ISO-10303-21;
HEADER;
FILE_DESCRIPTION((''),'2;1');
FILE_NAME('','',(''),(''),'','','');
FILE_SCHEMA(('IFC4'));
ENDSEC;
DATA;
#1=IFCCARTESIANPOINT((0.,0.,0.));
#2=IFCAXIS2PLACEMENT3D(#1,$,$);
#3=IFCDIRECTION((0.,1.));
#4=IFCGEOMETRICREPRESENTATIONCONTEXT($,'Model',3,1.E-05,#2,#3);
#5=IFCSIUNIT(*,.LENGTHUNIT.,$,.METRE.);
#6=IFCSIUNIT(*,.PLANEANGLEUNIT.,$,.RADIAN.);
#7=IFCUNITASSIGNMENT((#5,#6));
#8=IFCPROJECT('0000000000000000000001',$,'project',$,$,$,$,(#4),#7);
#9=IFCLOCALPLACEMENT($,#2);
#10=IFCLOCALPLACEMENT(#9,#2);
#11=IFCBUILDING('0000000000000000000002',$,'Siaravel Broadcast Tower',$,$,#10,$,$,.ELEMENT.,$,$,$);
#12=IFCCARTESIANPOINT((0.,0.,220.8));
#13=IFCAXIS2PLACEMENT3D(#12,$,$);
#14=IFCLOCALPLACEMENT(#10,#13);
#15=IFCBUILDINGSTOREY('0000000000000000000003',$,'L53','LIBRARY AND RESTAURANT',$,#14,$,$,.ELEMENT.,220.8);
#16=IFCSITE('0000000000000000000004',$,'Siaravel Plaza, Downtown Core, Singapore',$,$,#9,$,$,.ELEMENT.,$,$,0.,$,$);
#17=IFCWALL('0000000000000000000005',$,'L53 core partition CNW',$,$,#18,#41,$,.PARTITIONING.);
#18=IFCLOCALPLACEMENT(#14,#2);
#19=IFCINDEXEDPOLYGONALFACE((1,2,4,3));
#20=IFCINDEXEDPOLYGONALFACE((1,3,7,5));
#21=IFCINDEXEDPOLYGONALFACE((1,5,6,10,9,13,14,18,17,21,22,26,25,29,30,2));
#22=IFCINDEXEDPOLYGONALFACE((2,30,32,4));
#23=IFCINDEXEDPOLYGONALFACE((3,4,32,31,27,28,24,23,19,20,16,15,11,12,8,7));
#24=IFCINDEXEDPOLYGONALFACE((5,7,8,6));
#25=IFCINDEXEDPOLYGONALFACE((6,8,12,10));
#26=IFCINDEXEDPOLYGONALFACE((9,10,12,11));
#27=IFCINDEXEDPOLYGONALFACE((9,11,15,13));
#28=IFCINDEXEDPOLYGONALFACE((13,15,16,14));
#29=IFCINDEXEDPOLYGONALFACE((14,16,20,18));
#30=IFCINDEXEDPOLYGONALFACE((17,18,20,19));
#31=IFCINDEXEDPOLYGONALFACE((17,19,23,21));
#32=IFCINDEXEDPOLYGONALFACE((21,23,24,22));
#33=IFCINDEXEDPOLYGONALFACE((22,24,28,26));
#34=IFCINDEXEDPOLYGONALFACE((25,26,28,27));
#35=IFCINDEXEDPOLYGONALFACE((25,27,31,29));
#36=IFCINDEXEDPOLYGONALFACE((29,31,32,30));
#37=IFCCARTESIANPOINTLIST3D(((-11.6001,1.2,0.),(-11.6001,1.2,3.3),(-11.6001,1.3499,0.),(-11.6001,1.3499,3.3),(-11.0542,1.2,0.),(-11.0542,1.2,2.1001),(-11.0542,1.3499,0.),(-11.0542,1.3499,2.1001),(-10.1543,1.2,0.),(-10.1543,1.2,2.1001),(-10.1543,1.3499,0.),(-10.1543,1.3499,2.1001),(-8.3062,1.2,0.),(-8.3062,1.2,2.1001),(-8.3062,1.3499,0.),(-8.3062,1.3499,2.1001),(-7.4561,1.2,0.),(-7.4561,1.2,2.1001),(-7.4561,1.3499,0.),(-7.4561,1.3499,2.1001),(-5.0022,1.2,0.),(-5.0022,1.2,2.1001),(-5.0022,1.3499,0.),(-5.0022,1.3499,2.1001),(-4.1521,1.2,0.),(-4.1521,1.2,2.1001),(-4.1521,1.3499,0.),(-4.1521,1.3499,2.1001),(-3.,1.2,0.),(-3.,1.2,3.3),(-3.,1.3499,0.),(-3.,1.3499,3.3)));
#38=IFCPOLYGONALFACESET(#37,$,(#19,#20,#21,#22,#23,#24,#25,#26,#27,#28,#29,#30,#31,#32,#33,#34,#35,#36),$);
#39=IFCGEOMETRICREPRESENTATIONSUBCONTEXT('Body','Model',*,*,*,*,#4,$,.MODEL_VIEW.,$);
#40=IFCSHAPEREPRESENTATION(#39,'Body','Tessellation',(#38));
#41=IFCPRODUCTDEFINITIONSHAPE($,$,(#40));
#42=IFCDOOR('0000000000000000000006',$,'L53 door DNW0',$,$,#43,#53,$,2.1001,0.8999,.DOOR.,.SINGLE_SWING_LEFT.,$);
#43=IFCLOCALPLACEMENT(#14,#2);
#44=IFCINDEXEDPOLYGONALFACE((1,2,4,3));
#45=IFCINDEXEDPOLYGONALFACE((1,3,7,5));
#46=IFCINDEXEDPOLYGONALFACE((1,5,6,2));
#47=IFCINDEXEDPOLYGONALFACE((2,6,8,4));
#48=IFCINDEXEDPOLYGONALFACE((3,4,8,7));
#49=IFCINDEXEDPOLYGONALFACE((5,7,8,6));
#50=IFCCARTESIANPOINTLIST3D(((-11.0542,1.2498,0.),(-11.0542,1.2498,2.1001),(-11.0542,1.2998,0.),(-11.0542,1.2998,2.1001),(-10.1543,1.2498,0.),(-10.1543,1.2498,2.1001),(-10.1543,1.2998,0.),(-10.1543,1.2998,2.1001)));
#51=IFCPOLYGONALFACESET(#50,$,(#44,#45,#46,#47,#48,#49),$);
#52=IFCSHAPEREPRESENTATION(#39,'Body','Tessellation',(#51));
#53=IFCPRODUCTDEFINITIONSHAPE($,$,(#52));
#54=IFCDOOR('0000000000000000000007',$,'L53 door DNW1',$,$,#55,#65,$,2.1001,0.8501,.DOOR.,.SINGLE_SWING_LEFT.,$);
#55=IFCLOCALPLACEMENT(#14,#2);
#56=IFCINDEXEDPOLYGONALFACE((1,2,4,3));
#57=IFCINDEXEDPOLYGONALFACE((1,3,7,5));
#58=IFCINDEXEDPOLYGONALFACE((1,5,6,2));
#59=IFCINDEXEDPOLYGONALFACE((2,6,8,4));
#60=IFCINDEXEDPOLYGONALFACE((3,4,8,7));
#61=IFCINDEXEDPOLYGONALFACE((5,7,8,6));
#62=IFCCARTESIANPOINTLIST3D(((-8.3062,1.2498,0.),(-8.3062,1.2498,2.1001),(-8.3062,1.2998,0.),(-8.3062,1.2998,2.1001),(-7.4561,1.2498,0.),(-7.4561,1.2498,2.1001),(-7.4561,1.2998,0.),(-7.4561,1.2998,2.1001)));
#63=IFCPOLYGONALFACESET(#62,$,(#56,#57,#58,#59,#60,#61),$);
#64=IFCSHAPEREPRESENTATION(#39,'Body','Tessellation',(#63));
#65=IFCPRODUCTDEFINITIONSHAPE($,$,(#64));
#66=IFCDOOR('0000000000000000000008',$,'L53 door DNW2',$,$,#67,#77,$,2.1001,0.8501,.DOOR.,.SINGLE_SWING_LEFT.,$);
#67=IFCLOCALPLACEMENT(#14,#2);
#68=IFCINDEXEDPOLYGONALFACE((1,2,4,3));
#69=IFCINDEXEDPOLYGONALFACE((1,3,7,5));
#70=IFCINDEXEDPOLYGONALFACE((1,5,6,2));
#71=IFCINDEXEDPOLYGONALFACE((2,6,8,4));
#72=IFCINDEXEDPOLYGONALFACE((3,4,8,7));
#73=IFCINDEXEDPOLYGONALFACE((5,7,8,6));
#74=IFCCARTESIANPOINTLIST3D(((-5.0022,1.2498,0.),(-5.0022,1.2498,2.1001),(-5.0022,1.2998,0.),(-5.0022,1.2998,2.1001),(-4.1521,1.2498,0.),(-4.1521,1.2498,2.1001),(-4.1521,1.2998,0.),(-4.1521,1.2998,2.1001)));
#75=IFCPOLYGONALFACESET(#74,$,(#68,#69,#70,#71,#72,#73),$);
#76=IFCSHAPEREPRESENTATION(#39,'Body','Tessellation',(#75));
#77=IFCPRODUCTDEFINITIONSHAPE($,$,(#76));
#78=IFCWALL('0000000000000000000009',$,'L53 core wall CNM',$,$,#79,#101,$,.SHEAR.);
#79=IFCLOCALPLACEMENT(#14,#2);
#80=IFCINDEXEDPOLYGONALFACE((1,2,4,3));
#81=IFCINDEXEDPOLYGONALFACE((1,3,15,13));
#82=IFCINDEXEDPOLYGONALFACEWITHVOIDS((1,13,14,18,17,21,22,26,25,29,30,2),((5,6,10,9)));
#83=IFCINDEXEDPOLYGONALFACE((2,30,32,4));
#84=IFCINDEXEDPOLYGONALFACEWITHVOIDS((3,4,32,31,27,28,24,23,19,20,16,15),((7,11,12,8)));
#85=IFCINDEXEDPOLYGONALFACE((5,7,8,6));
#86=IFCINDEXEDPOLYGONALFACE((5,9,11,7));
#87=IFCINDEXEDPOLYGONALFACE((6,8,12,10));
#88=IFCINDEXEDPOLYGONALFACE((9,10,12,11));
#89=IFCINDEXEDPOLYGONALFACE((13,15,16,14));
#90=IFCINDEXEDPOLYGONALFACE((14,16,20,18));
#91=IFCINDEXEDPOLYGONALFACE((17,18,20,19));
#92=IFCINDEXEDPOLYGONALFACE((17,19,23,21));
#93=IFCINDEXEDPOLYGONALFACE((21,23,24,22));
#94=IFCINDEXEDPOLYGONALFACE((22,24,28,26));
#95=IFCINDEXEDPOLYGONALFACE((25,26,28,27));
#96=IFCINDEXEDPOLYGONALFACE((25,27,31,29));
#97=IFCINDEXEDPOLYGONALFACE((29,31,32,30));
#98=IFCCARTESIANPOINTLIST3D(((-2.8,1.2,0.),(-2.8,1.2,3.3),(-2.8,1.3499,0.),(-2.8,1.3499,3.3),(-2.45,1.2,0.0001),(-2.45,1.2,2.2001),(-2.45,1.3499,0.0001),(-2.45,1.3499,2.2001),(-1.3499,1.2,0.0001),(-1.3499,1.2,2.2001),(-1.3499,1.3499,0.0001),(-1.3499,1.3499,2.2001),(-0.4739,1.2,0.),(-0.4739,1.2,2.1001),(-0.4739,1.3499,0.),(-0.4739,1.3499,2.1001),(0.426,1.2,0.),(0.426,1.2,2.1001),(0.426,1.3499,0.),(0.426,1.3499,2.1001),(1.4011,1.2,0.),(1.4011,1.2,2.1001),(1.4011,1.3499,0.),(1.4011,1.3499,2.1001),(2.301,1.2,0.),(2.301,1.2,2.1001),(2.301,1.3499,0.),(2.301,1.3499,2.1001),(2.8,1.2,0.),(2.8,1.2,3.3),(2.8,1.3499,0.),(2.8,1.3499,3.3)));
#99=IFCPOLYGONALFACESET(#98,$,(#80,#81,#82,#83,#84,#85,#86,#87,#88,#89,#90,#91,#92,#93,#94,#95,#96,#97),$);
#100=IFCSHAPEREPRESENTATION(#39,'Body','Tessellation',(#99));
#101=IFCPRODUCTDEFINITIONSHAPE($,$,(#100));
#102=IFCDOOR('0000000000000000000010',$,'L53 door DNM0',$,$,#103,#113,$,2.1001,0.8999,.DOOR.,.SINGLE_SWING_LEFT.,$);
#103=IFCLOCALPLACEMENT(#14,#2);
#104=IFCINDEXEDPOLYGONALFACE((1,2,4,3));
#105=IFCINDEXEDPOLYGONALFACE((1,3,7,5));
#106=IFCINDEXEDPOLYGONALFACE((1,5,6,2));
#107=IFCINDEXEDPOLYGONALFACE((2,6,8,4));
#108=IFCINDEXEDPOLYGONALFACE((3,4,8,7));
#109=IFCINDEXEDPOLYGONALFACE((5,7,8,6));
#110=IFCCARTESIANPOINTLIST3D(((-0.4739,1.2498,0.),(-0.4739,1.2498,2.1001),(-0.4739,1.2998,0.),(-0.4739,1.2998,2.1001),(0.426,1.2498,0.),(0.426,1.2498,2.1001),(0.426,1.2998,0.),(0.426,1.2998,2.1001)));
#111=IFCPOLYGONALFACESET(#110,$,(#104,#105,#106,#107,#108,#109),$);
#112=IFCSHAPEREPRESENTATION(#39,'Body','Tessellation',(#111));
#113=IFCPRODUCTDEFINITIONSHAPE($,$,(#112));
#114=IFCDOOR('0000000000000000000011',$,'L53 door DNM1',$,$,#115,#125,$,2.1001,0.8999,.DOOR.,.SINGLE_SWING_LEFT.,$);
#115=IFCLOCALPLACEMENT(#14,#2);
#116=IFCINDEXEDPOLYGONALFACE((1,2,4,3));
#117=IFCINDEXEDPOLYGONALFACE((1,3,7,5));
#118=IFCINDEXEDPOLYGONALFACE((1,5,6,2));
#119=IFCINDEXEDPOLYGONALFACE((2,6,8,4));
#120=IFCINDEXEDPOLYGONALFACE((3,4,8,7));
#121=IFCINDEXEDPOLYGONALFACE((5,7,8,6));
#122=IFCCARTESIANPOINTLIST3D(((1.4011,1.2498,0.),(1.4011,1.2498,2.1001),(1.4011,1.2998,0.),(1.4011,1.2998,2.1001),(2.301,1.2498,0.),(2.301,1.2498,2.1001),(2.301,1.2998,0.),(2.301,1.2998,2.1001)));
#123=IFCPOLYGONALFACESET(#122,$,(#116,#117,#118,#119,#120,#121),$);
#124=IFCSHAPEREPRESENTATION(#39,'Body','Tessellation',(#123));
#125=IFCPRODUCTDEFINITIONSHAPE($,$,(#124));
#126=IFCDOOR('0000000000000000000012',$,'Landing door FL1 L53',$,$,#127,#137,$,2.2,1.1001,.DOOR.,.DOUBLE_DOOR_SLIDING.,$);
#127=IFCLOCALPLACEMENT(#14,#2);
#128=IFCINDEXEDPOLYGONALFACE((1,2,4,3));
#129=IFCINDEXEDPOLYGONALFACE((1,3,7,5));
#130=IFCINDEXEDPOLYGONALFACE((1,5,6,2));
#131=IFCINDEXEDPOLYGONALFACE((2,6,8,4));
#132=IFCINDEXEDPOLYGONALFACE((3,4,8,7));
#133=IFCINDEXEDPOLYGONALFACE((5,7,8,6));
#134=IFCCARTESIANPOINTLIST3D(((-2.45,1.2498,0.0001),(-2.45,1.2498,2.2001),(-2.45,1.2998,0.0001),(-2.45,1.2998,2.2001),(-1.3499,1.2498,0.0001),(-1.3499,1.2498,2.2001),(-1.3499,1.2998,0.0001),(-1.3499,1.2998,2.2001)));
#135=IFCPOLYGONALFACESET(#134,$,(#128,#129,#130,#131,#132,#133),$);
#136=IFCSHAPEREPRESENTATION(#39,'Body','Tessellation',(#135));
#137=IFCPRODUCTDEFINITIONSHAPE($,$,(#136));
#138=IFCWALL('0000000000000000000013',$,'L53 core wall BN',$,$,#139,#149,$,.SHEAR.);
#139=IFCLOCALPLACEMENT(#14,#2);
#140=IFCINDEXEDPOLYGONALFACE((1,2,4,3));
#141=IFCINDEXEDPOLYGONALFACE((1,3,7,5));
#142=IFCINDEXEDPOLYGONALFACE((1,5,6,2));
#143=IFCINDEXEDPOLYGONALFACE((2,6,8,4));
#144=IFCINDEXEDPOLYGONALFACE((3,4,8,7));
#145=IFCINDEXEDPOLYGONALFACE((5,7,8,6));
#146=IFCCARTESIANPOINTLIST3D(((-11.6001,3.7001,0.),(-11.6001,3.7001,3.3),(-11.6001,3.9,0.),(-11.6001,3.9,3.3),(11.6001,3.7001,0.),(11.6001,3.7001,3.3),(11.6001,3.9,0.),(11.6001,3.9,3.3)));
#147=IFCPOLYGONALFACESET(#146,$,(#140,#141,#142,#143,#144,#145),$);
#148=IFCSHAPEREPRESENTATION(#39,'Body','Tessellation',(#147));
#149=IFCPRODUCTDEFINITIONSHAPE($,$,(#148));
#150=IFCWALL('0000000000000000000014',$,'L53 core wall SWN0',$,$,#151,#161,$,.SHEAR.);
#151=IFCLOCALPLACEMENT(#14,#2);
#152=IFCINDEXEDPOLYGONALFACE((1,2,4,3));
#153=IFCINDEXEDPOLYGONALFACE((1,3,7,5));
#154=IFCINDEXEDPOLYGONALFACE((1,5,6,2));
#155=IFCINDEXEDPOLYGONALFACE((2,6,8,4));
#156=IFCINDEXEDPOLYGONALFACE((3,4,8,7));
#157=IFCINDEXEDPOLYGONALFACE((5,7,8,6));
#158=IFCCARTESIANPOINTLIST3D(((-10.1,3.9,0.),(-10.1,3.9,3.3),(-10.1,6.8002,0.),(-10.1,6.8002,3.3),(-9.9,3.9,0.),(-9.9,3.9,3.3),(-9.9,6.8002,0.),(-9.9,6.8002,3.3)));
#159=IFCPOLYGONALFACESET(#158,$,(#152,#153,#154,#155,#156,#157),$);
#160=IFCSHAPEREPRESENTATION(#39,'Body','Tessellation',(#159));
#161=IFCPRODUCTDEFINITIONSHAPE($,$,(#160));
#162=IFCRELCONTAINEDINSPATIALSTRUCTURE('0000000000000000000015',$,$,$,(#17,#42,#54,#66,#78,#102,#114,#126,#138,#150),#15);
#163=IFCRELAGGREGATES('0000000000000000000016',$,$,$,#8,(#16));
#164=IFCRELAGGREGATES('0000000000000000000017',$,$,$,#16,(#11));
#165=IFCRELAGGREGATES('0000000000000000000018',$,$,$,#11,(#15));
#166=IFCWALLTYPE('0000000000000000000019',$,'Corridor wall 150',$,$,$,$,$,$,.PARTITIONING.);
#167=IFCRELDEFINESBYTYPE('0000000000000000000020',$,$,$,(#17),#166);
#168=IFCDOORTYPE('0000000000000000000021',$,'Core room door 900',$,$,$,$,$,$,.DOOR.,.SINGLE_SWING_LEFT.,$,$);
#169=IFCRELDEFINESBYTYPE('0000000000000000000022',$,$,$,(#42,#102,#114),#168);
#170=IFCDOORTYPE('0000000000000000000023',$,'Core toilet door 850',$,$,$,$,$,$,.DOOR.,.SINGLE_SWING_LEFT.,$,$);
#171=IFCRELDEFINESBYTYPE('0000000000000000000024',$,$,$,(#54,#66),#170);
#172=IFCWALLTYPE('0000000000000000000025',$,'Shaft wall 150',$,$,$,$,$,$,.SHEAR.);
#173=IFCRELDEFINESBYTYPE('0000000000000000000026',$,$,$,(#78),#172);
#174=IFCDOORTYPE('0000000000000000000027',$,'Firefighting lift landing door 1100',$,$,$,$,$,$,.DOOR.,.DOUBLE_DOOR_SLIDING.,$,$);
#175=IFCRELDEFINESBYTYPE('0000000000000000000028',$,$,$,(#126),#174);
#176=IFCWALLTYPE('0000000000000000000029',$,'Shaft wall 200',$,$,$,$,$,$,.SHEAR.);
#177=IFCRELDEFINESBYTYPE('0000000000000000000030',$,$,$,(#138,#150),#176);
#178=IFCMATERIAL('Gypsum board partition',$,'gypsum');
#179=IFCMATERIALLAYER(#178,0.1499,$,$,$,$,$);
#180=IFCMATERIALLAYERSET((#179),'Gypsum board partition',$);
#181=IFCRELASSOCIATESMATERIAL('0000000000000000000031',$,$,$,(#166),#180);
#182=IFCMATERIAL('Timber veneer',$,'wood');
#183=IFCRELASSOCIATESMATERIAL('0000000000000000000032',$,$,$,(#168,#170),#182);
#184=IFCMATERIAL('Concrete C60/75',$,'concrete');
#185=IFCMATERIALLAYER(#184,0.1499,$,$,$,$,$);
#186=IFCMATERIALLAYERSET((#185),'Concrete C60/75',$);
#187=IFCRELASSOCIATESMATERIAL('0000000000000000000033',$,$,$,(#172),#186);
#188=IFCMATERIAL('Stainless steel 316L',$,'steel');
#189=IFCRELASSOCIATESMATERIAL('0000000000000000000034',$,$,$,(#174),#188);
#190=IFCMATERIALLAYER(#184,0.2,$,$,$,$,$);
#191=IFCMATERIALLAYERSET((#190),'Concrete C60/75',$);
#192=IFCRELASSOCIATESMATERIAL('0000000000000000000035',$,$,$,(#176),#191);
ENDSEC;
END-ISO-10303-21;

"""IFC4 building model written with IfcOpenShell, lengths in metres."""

from ifc_helpers import new_model, si_unit, direction, frame, frame_2d, origin, place, context, subcontext, project, spatial, rectangle, extrude, material, layer, layer_set, type_object, element, fill, save


model = new_model("IFC4")

# Units and contexts
model_context = context("Model", 3, precision=1e-05, world=origin(), true_north=direction((0.0, 1.0)))
body_context = subcontext(model_context, "Body", "Model", "MODEL_VIEW")
ifc_project = project(units=[si_unit("LENGTHUNIT", "METRE"), si_unit("PLANEANGLEUNIT", "RADIAN")], contexts=[model_context])

# Site, building, storey
site_placement = place(None, origin())
site = spatial("IfcSite", under=ifc_project, at=site_placement, Name="Siaravel Plaza, Downtown Core, Singapore", CompositionType="ELEMENT", RefElevation=0.0)
building_placement = place(site_placement, origin())
building = spatial("IfcBuilding", under=site, at=building_placement, Name="Siaravel Broadcast Tower", CompositionType="ELEMENT")
storey_placement = place(building_placement, frame((0.0, 0.0, 220.8)))
storey = spatial("IfcBuildingStorey", under=building, at=storey_placement, Name="L53", Description="LIBRARY AND RESTAURANT", CompositionType="ELEMENT", Elevation=220.8)

# Walls, openings, doors
ifc_material_1 = material(Name="Gypsum board partition", Category="gypsum")
ifc_layer_1 = layer(ifc_material_1, 0.1499)
ifc_layer_set_1 = layer_set([ifc_layer_1], Name="Gypsum board partition")
wall_type_1 = type_object("IfcWallType", Name="Corridor wall 150", PredefinedType="PARTITIONING", material=ifc_layer_set_1)
wall_1_placement = place(storey_placement, frame((-11.6001, 1.2749, 0.0), z_axis=(0.0, 0.0, 1.0), x_axis=(1.0, 0.0, 0.0)))
wall_1 = element("IfcWall", 1, at=wall_1_placement, inside=storey, type_object=wall_type_1, Name="L53 core partition CNW", PredefinedType="PARTITIONING", context=body_context, shape_type="SweptSolid", body=[
    extrude(rectangle(XDim=8.6001, YDim=0.1499, at=frame_2d((4.3, 0.0))), origin(), (0.0, 0.0, 1.0), 3.3),
])
opening_1_placement = place(wall_1_placement, frame((0.5459, 0.0, 0.0)))
opening_1 = element("IfcOpeningElement", 2, at=opening_1_placement, cuts=wall_1, PredefinedType="OPENING", context=body_context, shape_type="SweptSolid", body=[
    extrude(rectangle(XDim=0.8999, YDim=2.1001, at=frame_2d((0.45, 1.05))), frame((0.0, 0.085, 0.0), z_axis=(0.0, -1.0, 0.0), x_axis=(1.0, 0.0, 0.0)), (0.0, 0.0, 1.0), 0.1699),
])
opening_2_placement = place(wall_1_placement, frame((3.2939, 0.0, 0.0)))
opening_2 = element("IfcOpeningElement", 3, at=opening_2_placement, cuts=wall_1, PredefinedType="OPENING", context=body_context, shape_type="SweptSolid", body=[
    extrude(rectangle(XDim=0.8501, YDim=2.1001, at=frame_2d((0.425, 1.05))), frame((0.0, 0.085, 0.0), z_axis=(0.0, -1.0, 0.0), x_axis=(1.0, 0.0, 0.0)), (0.0, 0.0, 1.0), 0.1699),
])
opening_3_placement = place(wall_1_placement, frame((6.5979, 0.0, 0.0)))
opening_3 = element("IfcOpeningElement", 4, at=opening_3_placement, cuts=wall_1, PredefinedType="OPENING", context=body_context, shape_type="SweptSolid", body=[
    extrude(rectangle(XDim=0.8501, YDim=2.1001, at=frame_2d((0.425, 1.05))), frame((0.0, 0.085, 0.0), z_axis=(0.0, -1.0, 0.0), x_axis=(1.0, 0.0, 0.0)), (0.0, 0.0, 1.0), 0.1699),
])
ifc_material_2 = material(Name="Timber veneer", Category="wood")
door_type_1 = type_object("IfcDoorType", Name="Core room door 900", OperationType="SINGLE_SWING_LEFT", PredefinedType="DOOR", material=ifc_material_2)
door_1_placement = place(opening_1_placement, origin())
door_1 = element("IfcDoor", 5, at=door_1_placement, inside=storey, type_object=door_type_1, Name="L53 door DNW0", OperationType="SINGLE_SWING_LEFT", OverallHeight=2.1001, OverallWidth=0.8999, PredefinedType="DOOR", context=body_context, shape_type="SweptSolid", body=[
    extrude(rectangle(XDim=0.8999, YDim=2.1001, at=frame_2d((0.45, 1.05))), frame((0.0, 0.0249, 0.0), z_axis=(0.0, -1.0, 0.0), x_axis=(1.0, 0.0, 0.0)), (0.0, 0.0, 1.0), 0.05),
])
fill(opening_1, door_1)
door_type_2 = type_object("IfcDoorType", Name="Core toilet door 850", OperationType="SINGLE_SWING_LEFT", PredefinedType="DOOR", material=ifc_material_2)
door_2_placement = place(opening_2_placement, origin())
door_2 = element("IfcDoor", 6, at=door_2_placement, inside=storey, type_object=door_type_2, Name="L53 door DNW1", OperationType="SINGLE_SWING_LEFT", OverallHeight=2.1001, OverallWidth=0.8501, PredefinedType="DOOR", context=body_context, shape_type="SweptSolid", body=[
    extrude(rectangle(XDim=0.8501, YDim=2.1001, at=frame_2d((0.425, 1.05))), frame((0.0, 0.0249, 0.0), z_axis=(0.0, -1.0, 0.0), x_axis=(1.0, 0.0, 0.0)), (0.0, 0.0, 1.0), 0.05),
])
fill(opening_2, door_2)
door_3_placement = place(opening_3_placement, origin())
door_3 = element("IfcDoor", 7, at=door_3_placement, inside=storey, type_object=door_type_2, Name="L53 door DNW2", OperationType="SINGLE_SWING_LEFT", OverallHeight=2.1001, OverallWidth=0.8501, PredefinedType="DOOR", context=body_context, shape_type="SweptSolid", body=[
    extrude(rectangle(XDim=0.8501, YDim=2.1001, at=frame_2d((0.425, 1.05))), frame((0.0, 0.0249, 0.0), z_axis=(0.0, -1.0, 0.0), x_axis=(1.0, 0.0, 0.0)), (0.0, 0.0, 1.0), 0.05),
])
fill(opening_3, door_3)
ifc_material_3 = material(Name="Concrete C60/75", Category="concrete")
ifc_layer_2 = layer(ifc_material_3, 0.1499)
ifc_layer_set_2 = layer_set([ifc_layer_2], Name="Concrete C60/75")
wall_type_2 = type_object("IfcWallType", Name="Shaft wall 150", PredefinedType="SHEAR", material=ifc_layer_set_2)
wall_2_placement = place(storey_placement, frame((-2.8, 1.2749, 0.0), z_axis=(0.0, 0.0, 1.0), x_axis=(1.0, 0.0, 0.0)))
wall_2 = element("IfcWall", 8, at=wall_2_placement, inside=storey, type_object=wall_type_2, Name="L53 core wall CNM", PredefinedType="SHEAR", context=body_context, shape_type="SweptSolid", body=[
    extrude(rectangle(XDim=5.6001, YDim=0.1499, at=frame_2d((2.8, 0.0))), origin(), (0.0, 0.0, 1.0), 3.3),
])
opening_4_placement = place(wall_2_placement, frame((0.3501, 0.0, 0.0)))
opening_4 = element("IfcOpeningElement", 9, at=opening_4_placement, cuts=wall_2, PredefinedType="OPENING", context=body_context, shape_type="SweptSolid", body=[
    extrude(rectangle(XDim=1.1001, YDim=2.2, at=frame_2d((0.55, 1.1001))), frame((0.0, 0.085, 0.0), z_axis=(0.0, -1.0, 0.0), x_axis=(1.0, 0.0, 0.0)), (0.0, 0.0, 1.0), 0.1699),
])
opening_5_placement = place(wall_2_placement, frame((2.3262, 0.0, 0.0)))
opening_5 = element("IfcOpeningElement", 10, at=opening_5_placement, cuts=wall_2, PredefinedType="OPENING", context=body_context, shape_type="SweptSolid", body=[
    extrude(rectangle(XDim=0.8999, YDim=2.1001, at=frame_2d((0.45, 1.05))), frame((0.0, 0.085, 0.0), z_axis=(0.0, -1.0, 0.0), x_axis=(1.0, 0.0, 0.0)), (0.0, 0.0, 1.0), 0.1699),
])
opening_6_placement = place(wall_2_placement, frame((4.2012, 0.0, 0.0)))
opening_6 = element("IfcOpeningElement", 11, at=opening_6_placement, cuts=wall_2, PredefinedType="OPENING", context=body_context, shape_type="SweptSolid", body=[
    extrude(rectangle(XDim=0.8999, YDim=2.1001, at=frame_2d((0.45, 1.05))), frame((0.0, 0.085, 0.0), z_axis=(0.0, -1.0, 0.0), x_axis=(1.0, 0.0, 0.0)), (0.0, 0.0, 1.0), 0.1699),
])
door_4_placement = place(opening_5_placement, origin())
door_4 = element("IfcDoor", 12, at=door_4_placement, inside=storey, type_object=door_type_1, Name="L53 door DNM0", OperationType="SINGLE_SWING_LEFT", OverallHeight=2.1001, OverallWidth=0.8999, PredefinedType="DOOR", context=body_context, shape_type="SweptSolid", body=[
    extrude(rectangle(XDim=0.8999, YDim=2.1001, at=frame_2d((0.45, 1.05))), frame((0.0, 0.0249, 0.0), z_axis=(0.0, -1.0, 0.0), x_axis=(1.0, 0.0, 0.0)), (0.0, 0.0, 1.0), 0.05),
])
fill(opening_5, door_4)
door_5_placement = place(opening_6_placement, origin())
door_5 = element("IfcDoor", 13, at=door_5_placement, inside=storey, type_object=door_type_1, Name="L53 door DNM1", OperationType="SINGLE_SWING_LEFT", OverallHeight=2.1001, OverallWidth=0.8999, PredefinedType="DOOR", context=body_context, shape_type="SweptSolid", body=[
    extrude(rectangle(XDim=0.8999, YDim=2.1001, at=frame_2d((0.45, 1.05))), frame((0.0, 0.0249, 0.0), z_axis=(0.0, -1.0, 0.0), x_axis=(1.0, 0.0, 0.0)), (0.0, 0.0, 1.0), 0.05),
])
fill(opening_6, door_5)
ifc_material_4 = material(Name="Stainless steel 316L", Category="steel")
door_type_3 = type_object("IfcDoorType", Name="Firefighting lift landing door 1100", OperationType="DOUBLE_DOOR_SLIDING", PredefinedType="DOOR", material=ifc_material_4)
door_6_placement = place(opening_4_placement, origin())
door_6 = element("IfcDoor", 14, at=door_6_placement, inside=storey, type_object=door_type_3, Name="Landing door FL1 L53", OperationType="DOUBLE_DOOR_SLIDING", OverallHeight=2.2, OverallWidth=1.1001, PredefinedType="DOOR", context=body_context, shape_type="SweptSolid", body=[
    extrude(rectangle(XDim=1.1001, YDim=2.2, at=frame_2d((0.55, 1.1001))), frame((0.0, 0.0249, 0.0), z_axis=(0.0, -1.0, 0.0), x_axis=(1.0, 0.0, 0.0)), (0.0, 0.0, 1.0), 0.05),
])
fill(opening_4, door_6)

# Walls
ifc_layer_3 = layer(ifc_material_3, 0.2)
ifc_layer_set_3 = layer_set([ifc_layer_3], Name="Concrete C60/75")
wall_type_3 = type_object("IfcWallType", Name="Shaft wall 200", PredefinedType="SHEAR", material=ifc_layer_set_3)
wall_3_placement = place(storey_placement, frame((-11.6001, 3.8, 0.0), z_axis=(0.0, 0.0, 1.0), x_axis=(1.0, 0.0, 0.0)))
element("IfcWall", 15, at=wall_3_placement, inside=storey, type_object=wall_type_3, Name="L53 core wall BN", PredefinedType="SHEAR", context=body_context, shape_type="SweptSolid", body=[
    extrude(rectangle(XDim=23.2002, YDim=0.2, at=frame_2d((11.6001, 0.0))), origin(), (0.0, 0.0, 1.0), 3.3),
])
wall_4_placement = place(storey_placement, frame((-10.0, 3.8999, 0.0), z_axis=(0.0, 0.0, 1.0), x_axis=(0.0, 1.0, 0.0)))
element("IfcWall", 16, at=wall_4_placement, inside=storey, type_object=wall_type_3, Name="L53 core wall SWN0", PredefinedType="SHEAR", context=body_context, shape_type="SweptSolid", body=[
    extrude(rectangle(XDim=2.9001, YDim=0.2, at=frame_2d((1.4502, 0.0))), origin(), (0.0, 0.0, 1.0), 3.3),
])

save(model, "model.ifc")
